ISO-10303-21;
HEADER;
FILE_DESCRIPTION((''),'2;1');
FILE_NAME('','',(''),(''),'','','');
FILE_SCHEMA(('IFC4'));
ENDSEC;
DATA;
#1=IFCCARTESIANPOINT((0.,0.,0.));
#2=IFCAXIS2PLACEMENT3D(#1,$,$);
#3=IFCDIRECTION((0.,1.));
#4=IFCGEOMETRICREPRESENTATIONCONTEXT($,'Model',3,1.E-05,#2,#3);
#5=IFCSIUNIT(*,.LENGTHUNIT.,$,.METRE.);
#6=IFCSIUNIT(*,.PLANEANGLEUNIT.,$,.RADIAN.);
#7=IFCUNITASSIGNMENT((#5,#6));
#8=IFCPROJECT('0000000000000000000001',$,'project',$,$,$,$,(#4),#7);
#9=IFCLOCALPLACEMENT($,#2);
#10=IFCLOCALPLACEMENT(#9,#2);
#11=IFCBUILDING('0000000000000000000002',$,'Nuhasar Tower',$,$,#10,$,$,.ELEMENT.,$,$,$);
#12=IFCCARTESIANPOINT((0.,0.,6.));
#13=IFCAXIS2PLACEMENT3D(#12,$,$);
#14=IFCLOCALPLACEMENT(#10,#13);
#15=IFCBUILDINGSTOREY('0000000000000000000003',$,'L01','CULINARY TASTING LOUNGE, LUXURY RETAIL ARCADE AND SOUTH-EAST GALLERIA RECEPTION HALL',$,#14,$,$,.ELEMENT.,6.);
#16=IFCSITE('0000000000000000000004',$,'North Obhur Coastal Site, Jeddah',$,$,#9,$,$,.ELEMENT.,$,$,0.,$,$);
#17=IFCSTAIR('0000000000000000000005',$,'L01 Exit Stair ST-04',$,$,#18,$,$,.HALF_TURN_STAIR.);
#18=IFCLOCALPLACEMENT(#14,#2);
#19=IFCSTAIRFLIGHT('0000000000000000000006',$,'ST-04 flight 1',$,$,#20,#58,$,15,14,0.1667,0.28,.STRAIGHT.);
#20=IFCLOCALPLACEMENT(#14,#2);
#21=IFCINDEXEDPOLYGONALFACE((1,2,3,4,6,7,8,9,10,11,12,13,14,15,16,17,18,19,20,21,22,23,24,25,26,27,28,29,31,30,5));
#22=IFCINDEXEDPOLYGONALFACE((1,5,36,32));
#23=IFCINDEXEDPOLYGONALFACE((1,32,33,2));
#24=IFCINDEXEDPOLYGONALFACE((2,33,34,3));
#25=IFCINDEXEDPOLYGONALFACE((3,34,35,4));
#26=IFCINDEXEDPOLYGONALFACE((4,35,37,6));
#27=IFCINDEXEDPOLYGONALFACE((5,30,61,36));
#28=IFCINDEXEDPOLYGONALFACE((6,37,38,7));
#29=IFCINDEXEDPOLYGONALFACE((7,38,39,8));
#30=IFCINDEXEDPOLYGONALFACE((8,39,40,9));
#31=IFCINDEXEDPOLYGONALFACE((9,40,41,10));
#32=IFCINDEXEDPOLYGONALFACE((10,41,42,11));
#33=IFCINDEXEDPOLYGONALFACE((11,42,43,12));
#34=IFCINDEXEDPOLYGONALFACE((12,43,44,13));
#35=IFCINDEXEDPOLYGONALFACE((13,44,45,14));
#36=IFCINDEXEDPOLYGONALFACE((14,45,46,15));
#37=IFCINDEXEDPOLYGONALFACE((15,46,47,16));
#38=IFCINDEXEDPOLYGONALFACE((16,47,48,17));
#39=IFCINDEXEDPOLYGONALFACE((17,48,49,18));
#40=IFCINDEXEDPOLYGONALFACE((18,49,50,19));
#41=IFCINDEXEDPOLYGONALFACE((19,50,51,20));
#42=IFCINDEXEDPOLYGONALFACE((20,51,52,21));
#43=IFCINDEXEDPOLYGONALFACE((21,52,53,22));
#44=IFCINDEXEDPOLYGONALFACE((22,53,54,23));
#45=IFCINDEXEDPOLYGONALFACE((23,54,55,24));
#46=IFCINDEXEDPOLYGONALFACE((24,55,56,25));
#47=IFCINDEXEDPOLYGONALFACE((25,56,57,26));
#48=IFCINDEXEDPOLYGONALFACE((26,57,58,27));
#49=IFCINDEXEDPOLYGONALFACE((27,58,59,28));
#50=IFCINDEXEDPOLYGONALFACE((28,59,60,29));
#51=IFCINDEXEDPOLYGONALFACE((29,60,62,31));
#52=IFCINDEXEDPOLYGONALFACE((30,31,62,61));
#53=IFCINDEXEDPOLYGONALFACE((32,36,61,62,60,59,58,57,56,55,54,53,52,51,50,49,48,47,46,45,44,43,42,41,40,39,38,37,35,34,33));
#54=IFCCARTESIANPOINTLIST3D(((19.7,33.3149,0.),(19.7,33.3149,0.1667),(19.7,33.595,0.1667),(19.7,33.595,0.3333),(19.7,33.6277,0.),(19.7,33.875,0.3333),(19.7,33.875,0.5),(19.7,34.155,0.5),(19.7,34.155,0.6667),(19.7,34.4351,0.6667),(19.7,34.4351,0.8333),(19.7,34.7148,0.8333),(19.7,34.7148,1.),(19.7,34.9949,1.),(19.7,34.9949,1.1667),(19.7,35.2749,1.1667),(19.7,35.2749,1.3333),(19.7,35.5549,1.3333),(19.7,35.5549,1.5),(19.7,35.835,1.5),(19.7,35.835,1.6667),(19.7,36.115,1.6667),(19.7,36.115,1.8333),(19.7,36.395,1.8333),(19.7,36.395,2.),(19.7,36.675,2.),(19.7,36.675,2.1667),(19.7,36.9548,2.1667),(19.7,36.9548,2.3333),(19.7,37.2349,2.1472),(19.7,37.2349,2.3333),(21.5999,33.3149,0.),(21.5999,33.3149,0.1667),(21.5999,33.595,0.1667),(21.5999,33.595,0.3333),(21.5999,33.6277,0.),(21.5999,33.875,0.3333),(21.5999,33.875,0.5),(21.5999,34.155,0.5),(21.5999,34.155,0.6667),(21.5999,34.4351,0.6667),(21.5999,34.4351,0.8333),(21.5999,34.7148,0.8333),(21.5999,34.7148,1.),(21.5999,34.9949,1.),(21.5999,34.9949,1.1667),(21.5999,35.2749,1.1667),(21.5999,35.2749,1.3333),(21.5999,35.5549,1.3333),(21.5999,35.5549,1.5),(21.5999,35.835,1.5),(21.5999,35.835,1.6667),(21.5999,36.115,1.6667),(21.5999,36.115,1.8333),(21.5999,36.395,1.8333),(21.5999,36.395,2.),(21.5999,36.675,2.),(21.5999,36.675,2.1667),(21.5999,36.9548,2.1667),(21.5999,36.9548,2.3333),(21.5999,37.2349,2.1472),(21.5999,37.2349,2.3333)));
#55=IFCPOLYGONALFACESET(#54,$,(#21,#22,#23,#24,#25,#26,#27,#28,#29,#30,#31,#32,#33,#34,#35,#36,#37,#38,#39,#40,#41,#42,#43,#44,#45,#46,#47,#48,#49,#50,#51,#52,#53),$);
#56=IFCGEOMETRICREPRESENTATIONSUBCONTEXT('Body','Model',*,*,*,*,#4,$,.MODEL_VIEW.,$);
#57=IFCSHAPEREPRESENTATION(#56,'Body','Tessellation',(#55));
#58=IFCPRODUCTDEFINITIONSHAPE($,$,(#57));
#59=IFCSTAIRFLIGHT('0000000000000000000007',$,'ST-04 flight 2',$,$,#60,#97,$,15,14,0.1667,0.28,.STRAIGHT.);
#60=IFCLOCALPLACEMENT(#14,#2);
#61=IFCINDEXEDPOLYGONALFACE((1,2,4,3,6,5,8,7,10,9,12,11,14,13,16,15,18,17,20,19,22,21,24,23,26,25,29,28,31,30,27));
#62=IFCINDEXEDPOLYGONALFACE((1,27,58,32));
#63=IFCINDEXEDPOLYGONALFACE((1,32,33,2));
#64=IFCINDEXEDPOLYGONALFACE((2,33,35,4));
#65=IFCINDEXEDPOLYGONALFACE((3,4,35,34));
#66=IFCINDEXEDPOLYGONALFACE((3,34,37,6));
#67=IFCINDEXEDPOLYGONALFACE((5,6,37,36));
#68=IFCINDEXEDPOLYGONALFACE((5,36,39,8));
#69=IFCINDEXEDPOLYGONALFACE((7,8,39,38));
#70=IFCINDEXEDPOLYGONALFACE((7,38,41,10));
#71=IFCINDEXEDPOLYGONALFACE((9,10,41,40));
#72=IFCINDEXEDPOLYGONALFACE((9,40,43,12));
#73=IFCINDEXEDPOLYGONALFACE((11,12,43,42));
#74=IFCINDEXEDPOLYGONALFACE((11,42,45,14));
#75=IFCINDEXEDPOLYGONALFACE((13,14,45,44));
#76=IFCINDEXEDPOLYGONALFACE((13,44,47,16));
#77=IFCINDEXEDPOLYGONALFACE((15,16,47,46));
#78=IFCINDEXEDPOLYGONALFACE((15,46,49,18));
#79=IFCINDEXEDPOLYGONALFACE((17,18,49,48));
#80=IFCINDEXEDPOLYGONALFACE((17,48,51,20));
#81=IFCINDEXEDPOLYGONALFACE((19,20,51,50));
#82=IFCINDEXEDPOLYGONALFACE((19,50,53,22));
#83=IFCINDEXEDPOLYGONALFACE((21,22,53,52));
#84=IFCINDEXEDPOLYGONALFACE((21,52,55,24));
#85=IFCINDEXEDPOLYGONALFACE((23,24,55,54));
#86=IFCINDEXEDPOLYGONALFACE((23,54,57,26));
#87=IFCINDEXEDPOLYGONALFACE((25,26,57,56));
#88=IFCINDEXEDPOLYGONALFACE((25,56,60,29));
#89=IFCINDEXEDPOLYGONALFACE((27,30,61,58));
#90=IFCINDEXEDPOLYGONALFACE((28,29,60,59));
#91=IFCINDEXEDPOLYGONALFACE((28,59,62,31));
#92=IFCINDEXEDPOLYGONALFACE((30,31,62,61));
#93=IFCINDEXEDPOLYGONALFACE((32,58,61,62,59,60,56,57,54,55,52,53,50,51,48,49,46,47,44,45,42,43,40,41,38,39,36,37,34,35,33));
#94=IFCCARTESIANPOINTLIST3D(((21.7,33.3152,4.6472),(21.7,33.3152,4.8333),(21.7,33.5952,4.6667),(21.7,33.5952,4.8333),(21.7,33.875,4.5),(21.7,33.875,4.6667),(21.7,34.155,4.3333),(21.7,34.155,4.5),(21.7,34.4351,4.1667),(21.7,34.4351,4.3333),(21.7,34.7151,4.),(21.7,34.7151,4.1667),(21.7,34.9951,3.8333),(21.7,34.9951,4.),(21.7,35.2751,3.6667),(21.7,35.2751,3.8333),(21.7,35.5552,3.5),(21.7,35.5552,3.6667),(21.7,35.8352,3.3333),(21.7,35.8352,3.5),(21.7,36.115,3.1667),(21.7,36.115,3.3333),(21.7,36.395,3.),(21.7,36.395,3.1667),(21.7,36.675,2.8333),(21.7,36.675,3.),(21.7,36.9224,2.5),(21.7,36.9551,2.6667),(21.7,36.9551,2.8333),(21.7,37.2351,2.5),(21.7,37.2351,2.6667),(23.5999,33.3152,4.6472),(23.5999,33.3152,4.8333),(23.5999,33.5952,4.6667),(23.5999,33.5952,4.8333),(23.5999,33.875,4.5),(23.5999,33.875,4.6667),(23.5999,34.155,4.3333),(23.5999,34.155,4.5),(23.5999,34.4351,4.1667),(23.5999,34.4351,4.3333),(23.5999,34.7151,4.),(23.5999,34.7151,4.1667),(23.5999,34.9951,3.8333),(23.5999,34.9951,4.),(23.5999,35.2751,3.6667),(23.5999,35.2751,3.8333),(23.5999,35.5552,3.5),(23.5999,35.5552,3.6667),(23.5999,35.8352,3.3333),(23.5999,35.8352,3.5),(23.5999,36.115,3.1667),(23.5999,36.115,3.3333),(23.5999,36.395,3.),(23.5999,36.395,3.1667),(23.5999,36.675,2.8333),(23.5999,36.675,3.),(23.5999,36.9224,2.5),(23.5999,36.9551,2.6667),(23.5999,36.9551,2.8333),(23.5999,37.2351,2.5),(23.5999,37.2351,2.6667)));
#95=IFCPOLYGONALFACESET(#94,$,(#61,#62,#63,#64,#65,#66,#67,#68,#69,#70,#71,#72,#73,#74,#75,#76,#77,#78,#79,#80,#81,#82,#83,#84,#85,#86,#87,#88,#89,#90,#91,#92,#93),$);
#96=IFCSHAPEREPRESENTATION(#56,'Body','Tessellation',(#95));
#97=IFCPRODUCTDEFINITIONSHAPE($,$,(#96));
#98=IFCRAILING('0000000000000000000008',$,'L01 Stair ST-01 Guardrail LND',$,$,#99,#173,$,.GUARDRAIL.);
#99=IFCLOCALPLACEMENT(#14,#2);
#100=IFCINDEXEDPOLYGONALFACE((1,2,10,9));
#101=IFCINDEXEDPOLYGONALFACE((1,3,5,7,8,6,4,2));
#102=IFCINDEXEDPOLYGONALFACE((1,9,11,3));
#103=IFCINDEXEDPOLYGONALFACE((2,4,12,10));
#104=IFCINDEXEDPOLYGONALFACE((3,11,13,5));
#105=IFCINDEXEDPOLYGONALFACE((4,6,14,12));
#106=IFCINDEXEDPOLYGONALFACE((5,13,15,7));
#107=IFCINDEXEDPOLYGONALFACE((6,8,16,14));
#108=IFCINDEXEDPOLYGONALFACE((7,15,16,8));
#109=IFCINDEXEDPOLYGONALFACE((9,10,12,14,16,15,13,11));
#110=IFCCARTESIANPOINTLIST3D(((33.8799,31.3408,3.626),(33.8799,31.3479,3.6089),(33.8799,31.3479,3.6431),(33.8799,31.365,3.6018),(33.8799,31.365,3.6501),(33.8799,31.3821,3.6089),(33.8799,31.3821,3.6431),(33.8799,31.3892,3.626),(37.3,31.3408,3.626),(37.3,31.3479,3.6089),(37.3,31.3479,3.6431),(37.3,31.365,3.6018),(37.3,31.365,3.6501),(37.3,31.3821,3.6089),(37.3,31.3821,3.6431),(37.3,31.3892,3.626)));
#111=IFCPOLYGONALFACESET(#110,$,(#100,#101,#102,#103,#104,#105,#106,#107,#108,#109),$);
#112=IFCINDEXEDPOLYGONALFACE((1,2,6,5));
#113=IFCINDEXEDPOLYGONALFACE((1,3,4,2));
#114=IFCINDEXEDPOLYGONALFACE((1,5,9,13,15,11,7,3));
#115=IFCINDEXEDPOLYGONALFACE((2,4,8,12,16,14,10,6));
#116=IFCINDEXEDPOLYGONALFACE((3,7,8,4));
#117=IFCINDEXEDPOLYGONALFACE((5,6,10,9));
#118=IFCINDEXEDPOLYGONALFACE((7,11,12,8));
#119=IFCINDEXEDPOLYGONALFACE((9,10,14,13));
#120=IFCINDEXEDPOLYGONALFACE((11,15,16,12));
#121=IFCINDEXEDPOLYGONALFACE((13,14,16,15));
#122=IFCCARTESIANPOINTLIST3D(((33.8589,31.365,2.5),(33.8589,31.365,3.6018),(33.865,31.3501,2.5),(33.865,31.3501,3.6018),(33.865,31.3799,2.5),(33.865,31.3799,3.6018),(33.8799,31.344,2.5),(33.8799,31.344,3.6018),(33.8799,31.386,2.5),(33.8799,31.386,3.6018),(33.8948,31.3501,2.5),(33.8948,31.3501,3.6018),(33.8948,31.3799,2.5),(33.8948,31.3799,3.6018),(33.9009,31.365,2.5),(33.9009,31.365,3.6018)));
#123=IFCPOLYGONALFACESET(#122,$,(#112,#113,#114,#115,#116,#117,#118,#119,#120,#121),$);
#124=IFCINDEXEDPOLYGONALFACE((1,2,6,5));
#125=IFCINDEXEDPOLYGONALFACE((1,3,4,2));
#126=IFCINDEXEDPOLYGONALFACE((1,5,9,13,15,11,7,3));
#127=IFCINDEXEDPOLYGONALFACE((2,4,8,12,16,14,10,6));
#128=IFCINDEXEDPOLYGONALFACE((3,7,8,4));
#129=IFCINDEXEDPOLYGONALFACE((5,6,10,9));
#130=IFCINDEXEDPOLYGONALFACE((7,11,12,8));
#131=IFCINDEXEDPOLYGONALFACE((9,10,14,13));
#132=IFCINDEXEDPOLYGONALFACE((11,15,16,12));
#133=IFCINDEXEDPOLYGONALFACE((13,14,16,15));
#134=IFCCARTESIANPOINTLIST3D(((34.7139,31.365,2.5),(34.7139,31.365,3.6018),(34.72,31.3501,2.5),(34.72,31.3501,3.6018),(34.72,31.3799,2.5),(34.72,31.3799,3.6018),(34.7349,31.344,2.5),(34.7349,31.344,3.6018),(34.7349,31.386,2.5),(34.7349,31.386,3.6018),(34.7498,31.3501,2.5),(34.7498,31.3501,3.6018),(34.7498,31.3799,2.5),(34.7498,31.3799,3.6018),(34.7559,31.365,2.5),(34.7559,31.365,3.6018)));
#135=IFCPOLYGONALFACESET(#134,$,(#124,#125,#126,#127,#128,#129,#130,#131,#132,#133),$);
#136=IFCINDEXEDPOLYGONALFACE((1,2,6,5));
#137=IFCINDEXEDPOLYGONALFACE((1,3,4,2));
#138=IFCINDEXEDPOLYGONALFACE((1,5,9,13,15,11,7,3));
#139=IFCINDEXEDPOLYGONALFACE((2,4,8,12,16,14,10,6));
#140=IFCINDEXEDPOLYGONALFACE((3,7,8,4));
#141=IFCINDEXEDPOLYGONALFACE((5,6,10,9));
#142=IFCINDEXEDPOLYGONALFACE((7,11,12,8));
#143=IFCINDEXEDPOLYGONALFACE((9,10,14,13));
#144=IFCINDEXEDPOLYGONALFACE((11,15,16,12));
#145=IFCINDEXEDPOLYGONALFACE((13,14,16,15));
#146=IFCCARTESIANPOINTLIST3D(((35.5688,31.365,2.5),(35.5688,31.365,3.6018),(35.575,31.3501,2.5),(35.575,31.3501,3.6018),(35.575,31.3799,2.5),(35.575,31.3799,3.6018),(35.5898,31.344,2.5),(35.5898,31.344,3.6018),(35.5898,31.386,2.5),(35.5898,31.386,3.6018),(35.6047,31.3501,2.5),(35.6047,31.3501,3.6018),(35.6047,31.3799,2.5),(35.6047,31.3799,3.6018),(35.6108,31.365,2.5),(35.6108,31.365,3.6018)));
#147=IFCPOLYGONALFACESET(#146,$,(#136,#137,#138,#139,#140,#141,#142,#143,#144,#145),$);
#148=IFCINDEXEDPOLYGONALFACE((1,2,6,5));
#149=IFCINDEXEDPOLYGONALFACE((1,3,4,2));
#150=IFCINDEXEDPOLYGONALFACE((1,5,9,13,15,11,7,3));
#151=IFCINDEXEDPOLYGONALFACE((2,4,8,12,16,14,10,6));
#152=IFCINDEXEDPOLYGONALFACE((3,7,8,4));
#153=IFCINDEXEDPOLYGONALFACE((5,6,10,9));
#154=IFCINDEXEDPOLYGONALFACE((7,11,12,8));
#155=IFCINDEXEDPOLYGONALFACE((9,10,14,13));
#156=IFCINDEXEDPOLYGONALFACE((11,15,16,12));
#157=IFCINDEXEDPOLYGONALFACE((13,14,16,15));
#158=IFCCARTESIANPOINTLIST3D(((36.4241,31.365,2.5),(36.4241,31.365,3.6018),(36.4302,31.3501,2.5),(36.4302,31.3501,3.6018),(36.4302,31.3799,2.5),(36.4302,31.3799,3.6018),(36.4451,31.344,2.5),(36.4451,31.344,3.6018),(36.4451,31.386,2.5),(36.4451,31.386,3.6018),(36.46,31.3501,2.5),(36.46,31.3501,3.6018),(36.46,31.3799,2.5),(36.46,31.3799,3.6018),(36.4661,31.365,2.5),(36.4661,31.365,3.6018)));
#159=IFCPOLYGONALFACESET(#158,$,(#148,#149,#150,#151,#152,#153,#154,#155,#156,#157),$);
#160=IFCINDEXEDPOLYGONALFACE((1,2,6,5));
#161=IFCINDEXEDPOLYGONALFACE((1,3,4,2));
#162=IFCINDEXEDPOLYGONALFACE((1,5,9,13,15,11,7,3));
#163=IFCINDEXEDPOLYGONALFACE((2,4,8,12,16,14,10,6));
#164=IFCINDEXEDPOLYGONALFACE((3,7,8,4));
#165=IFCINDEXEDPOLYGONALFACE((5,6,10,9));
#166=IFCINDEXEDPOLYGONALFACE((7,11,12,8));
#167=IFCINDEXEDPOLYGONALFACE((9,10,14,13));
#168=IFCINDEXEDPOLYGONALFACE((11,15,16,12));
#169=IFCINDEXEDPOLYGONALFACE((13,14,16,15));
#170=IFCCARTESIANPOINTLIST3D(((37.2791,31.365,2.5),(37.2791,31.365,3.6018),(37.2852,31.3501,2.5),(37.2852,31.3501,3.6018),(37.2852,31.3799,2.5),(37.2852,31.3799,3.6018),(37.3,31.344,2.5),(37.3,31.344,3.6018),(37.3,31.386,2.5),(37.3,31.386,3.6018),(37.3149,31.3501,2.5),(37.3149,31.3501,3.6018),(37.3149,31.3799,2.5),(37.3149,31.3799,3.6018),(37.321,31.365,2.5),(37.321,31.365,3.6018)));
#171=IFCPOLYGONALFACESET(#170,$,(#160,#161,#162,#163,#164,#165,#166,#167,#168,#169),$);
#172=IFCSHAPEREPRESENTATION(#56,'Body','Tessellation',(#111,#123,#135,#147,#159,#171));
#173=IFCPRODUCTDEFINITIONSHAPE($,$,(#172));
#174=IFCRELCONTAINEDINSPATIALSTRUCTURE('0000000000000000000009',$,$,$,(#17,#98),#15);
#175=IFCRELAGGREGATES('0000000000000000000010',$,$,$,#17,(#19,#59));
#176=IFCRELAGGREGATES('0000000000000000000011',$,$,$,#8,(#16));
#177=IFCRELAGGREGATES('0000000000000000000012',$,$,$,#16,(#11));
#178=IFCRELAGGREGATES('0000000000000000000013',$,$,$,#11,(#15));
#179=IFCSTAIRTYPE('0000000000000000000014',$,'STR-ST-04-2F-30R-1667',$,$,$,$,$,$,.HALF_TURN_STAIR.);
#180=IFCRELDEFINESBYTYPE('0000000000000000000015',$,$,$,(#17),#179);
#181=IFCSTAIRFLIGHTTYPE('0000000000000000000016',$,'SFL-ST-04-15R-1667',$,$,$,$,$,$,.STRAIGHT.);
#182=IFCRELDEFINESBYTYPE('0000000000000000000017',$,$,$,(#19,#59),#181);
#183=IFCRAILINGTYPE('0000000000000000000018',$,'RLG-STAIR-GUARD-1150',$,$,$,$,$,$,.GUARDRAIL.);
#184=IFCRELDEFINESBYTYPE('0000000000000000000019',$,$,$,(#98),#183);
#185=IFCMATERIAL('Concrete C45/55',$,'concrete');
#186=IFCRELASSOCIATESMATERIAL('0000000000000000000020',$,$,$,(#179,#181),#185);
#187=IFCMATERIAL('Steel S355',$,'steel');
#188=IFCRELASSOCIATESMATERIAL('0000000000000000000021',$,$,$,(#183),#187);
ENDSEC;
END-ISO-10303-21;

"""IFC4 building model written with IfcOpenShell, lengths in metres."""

from ifc_helpers import new_model, si_unit, direction, frame, origin, place, context, subcontext, project, spatial, polyline, outline, extrude, material, type_object, element, aggregate, save


model = new_model("IFC4")

# Units and contexts
model_context = context("Model", 3, precision=1e-05, world=origin(), true_north=direction((0.0, 1.0)))
body_context = subcontext(model_context, "Body", "Model", "MODEL_VIEW")
ifc_project = project(units=[si_unit("LENGTHUNIT", "METRE"), si_unit("PLANEANGLEUNIT", "RADIAN")], contexts=[model_context])

# Site, building, storey
site_placement = place(None, origin())
site = spatial("IfcSite", under=ifc_project, at=site_placement, Name="North Obhur Coastal Site, Jeddah", CompositionType="ELEMENT", RefElevation=0.0)
building_placement = place(site_placement, origin())
building = spatial("IfcBuilding", under=site, at=building_placement, Name="Nuhasar Tower", CompositionType="ELEMENT")
storey_placement = place(building_placement, frame((0.0, 0.0, 6.0)))
storey = spatial("IfcBuildingStorey", under=building, at=storey_placement, Name="L01", Description="CULINARY TASTING LOUNGE, LUXURY RETAIL ARCADE AND SOUTH-EAST GALLERIA RECEPTION HALL", CompositionType="ELEMENT", Elevation=6.0)

# Shared definitions
ifc_material_1 = material(Name="Steel S355", Category="steel")

# Shared definitions
ifc_material_2 = material(Name="Concrete C45/55", Category="concrete")

# Stair, stair flights
stair_type_1 = type_object("IfcStairType", Name="STR-ST-04-2F-30R-1667", PredefinedType="HALF_TURN_STAIR", material=ifc_material_2)
stair_1_placement = place(storey_placement, origin())
stair_1 = element("IfcStair", 1, at=stair_1_placement, inside=storey, type_object=stair_type_1, Name="L01 Exit Stair ST-04", PredefinedType="HALF_TURN_STAIR")
stair_flight_type_1 = type_object("IfcStairFlightType", Name="SFL-ST-04-15R-1667", PredefinedType="STRAIGHT", material=ifc_material_2)
stair_flight_1_placement = place(storey_placement, frame((20.6499, 33.3149, 0.0), z_axis=(0.0, 0.0, 1.0), x_axis=(0.0, 1.0, 0.0)))
stair_flight_1 = element("IfcStairFlight", 2, at=stair_flight_1_placement, type_object=stair_flight_type_1, Name="ST-04 flight 1", NumberOfRisers=15, NumberOfTreads=14, PredefinedType="STRAIGHT", RiserHeight=0.1667, TreadLength=0.28, context=body_context, shape_type="SweptSolid", body=[
    extrude(outline(polyline([(0.0, 0.0), (0.0, 0.1667), (0.28, 0.1667), (0.28, 0.3333), (0.5601, 0.3333), (0.5601, 0.5), (0.8401, 0.5), (0.8401, 0.6667), (1.1201, 0.6667), (1.1201, 0.8333), (1.3999, 0.8333), (1.3999, 1.0), (1.6799, 1.0), (1.6799, 1.1667), (1.96, 1.1667), (1.96, 1.3333), (2.24, 1.3333), (2.24, 1.5), (2.52, 1.5), (2.52, 1.6667), (2.8, 1.6667), (2.8, 1.8333), (3.0801, 1.8333), (3.0801, 2.0), (3.3601, 2.0), (3.3601, 2.1667), (3.6399, 2.1667), (3.6399, 2.3333), (3.9199, 2.3333), (3.9199, 2.5), (3.9199, 2.1472), (0.3127, 0.0), (0.0, 0.0)])), frame((0.0, 0.95, 0.0), z_axis=(0.0, -1.0, 0.0), x_axis=(1.0, 0.0, 0.0)), (0.0, 0.0, 1.0), 1.8999),
])
stair_flight_2_placement = place(storey_placement, frame((22.6499, 37.2351, 2.5), z_axis=(0.0, 0.0, 1.0), x_axis=(0.0, -1.0, 0.0)))
stair_flight_2 = element("IfcStairFlight", 3, at=stair_flight_2_placement, type_object=stair_flight_type_1, Name="ST-04 flight 2", NumberOfRisers=15, NumberOfTreads=14, PredefinedType="STRAIGHT", RiserHeight=0.1667, TreadLength=0.28, context=body_context, shape_type="SweptSolid", body=[
    extrude(outline(polyline([(0.0, 0.0), (0.0, 0.1667), (0.28, 0.1667), (0.28, 0.3333), (0.5601, 0.3333), (0.5601, 0.5), (0.8401, 0.5), (0.8401, 0.6667), (1.1201, 0.6667), (1.1201, 0.8333), (1.3999, 0.8333), (1.3999, 1.0), (1.6799, 1.0), (1.6799, 1.1667), (1.96, 1.1667), (1.96, 1.3333), (2.24, 1.3333), (2.24, 1.5), (2.52, 1.5), (2.52, 1.6667), (2.8, 1.6667), (2.8, 1.8333), (3.0801, 1.8333), (3.0801, 2.0), (3.3601, 2.0), (3.3601, 2.1667), (3.6399, 2.1667), (3.6399, 2.3333), (3.9199, 2.3333), (3.9199, 2.5), (3.9199, 2.1472), (0.3127, 0.0), (0.0, 0.0)])), frame((0.0, 0.95, 0.0), z_axis=(0.0, -1.0, 0.0), x_axis=(1.0, 0.0, 0.0)), (0.0, 0.0, 1.0), 1.8999),
])
aggregate(stair_1, [stair_flight_1, stair_flight_2])

# Railing
railing_type_1 = type_object("IfcRailingType", Name="RLG-STAIR-GUARD-1150", PredefinedType="GUARDRAIL", material=ifc_material_1)
railing_1_placement = place(storey_placement, frame((33.8799, 31.365, 2.5)))
element("IfcRailing", 4, at=railing_1_placement, inside=storey, type_object=railing_type_1, Name="L01 Stair ST-01 Guardrail LND", PredefinedType="GUARDRAIL", context=body_context, shape_type="SweptSolid", body=[
    extrude(outline(polyline([(0.0242, 0.0), (0.0171, 0.0171), (0.0, 0.0242), (-0.0171, 0.0171), (-0.0242, 0.0), (-0.0171, -0.0171), (0.0, -0.0242), (0.0171, -0.0171), (0.0242, 0.0)])), frame((0.0, 0.0, 1.126), z_axis=(1.0, 0.0, 0.0), x_axis=(0.0, 1.0, 0.0)), (0.0, 0.0, 1.0), 3.4202),
    extrude(outline(polyline([(0.021, 0.0), (0.0149, 0.0149), (0.0, 0.021), (-0.0149, 0.0149), (-0.021, 0.0), (-0.0149, -0.0149), (0.0, -0.021), (0.0149, -0.0149), (0.021, 0.0)])), origin(), (0.0, 0.0, 1.0), 1.1018),
    extrude(outline(polyline([(0.021, 0.0), (0.0149, 0.0149), (0.0, 0.021), (-0.0149, 0.0149), (-0.021, 0.0), (-0.0149, -0.0149), (0.0, -0.021), (0.0149, -0.0149), (0.021, 0.0)])), frame((0.855, 0.0, 0.0)), (0.0, 0.0, 1.0), 1.1018),
    extrude(outline(polyline([(0.021, 0.0), (0.0149, 0.0149), (0.0, 0.021), (-0.0149, 0.0149), (-0.021, 0.0), (-0.0149, -0.0149), (0.0, -0.021), (0.0149, -0.0149), (0.021, 0.0)])), frame((1.71, 0.0, 0.0)), (0.0, 0.0, 1.0), 1.1018),
    extrude(outline(polyline([(0.021, 0.0), (0.0149, 0.0149), (0.0, 0.021), (-0.0149, 0.0149), (-0.021, 0.0), (-0.0149, -0.0149), (0.0, -0.021), (0.0149, -0.0149), (0.021, 0.0)])), frame((2.5652, 0.0, 0.0)), (0.0, 0.0, 1.0), 1.1018),
    extrude(outline(polyline([(0.021, 0.0), (0.0149, 0.0149), (0.0, 0.021), (-0.0149, 0.0149), (-0.021, 0.0), (-0.0149, -0.0149), (0.0, -0.021), (0.0149, -0.0149), (0.021, 0.0)])), frame((3.4202, 0.0, 0.0)), (0.0, 0.0, 1.0), 1.1018),
])

save(model, "model.ifc")
